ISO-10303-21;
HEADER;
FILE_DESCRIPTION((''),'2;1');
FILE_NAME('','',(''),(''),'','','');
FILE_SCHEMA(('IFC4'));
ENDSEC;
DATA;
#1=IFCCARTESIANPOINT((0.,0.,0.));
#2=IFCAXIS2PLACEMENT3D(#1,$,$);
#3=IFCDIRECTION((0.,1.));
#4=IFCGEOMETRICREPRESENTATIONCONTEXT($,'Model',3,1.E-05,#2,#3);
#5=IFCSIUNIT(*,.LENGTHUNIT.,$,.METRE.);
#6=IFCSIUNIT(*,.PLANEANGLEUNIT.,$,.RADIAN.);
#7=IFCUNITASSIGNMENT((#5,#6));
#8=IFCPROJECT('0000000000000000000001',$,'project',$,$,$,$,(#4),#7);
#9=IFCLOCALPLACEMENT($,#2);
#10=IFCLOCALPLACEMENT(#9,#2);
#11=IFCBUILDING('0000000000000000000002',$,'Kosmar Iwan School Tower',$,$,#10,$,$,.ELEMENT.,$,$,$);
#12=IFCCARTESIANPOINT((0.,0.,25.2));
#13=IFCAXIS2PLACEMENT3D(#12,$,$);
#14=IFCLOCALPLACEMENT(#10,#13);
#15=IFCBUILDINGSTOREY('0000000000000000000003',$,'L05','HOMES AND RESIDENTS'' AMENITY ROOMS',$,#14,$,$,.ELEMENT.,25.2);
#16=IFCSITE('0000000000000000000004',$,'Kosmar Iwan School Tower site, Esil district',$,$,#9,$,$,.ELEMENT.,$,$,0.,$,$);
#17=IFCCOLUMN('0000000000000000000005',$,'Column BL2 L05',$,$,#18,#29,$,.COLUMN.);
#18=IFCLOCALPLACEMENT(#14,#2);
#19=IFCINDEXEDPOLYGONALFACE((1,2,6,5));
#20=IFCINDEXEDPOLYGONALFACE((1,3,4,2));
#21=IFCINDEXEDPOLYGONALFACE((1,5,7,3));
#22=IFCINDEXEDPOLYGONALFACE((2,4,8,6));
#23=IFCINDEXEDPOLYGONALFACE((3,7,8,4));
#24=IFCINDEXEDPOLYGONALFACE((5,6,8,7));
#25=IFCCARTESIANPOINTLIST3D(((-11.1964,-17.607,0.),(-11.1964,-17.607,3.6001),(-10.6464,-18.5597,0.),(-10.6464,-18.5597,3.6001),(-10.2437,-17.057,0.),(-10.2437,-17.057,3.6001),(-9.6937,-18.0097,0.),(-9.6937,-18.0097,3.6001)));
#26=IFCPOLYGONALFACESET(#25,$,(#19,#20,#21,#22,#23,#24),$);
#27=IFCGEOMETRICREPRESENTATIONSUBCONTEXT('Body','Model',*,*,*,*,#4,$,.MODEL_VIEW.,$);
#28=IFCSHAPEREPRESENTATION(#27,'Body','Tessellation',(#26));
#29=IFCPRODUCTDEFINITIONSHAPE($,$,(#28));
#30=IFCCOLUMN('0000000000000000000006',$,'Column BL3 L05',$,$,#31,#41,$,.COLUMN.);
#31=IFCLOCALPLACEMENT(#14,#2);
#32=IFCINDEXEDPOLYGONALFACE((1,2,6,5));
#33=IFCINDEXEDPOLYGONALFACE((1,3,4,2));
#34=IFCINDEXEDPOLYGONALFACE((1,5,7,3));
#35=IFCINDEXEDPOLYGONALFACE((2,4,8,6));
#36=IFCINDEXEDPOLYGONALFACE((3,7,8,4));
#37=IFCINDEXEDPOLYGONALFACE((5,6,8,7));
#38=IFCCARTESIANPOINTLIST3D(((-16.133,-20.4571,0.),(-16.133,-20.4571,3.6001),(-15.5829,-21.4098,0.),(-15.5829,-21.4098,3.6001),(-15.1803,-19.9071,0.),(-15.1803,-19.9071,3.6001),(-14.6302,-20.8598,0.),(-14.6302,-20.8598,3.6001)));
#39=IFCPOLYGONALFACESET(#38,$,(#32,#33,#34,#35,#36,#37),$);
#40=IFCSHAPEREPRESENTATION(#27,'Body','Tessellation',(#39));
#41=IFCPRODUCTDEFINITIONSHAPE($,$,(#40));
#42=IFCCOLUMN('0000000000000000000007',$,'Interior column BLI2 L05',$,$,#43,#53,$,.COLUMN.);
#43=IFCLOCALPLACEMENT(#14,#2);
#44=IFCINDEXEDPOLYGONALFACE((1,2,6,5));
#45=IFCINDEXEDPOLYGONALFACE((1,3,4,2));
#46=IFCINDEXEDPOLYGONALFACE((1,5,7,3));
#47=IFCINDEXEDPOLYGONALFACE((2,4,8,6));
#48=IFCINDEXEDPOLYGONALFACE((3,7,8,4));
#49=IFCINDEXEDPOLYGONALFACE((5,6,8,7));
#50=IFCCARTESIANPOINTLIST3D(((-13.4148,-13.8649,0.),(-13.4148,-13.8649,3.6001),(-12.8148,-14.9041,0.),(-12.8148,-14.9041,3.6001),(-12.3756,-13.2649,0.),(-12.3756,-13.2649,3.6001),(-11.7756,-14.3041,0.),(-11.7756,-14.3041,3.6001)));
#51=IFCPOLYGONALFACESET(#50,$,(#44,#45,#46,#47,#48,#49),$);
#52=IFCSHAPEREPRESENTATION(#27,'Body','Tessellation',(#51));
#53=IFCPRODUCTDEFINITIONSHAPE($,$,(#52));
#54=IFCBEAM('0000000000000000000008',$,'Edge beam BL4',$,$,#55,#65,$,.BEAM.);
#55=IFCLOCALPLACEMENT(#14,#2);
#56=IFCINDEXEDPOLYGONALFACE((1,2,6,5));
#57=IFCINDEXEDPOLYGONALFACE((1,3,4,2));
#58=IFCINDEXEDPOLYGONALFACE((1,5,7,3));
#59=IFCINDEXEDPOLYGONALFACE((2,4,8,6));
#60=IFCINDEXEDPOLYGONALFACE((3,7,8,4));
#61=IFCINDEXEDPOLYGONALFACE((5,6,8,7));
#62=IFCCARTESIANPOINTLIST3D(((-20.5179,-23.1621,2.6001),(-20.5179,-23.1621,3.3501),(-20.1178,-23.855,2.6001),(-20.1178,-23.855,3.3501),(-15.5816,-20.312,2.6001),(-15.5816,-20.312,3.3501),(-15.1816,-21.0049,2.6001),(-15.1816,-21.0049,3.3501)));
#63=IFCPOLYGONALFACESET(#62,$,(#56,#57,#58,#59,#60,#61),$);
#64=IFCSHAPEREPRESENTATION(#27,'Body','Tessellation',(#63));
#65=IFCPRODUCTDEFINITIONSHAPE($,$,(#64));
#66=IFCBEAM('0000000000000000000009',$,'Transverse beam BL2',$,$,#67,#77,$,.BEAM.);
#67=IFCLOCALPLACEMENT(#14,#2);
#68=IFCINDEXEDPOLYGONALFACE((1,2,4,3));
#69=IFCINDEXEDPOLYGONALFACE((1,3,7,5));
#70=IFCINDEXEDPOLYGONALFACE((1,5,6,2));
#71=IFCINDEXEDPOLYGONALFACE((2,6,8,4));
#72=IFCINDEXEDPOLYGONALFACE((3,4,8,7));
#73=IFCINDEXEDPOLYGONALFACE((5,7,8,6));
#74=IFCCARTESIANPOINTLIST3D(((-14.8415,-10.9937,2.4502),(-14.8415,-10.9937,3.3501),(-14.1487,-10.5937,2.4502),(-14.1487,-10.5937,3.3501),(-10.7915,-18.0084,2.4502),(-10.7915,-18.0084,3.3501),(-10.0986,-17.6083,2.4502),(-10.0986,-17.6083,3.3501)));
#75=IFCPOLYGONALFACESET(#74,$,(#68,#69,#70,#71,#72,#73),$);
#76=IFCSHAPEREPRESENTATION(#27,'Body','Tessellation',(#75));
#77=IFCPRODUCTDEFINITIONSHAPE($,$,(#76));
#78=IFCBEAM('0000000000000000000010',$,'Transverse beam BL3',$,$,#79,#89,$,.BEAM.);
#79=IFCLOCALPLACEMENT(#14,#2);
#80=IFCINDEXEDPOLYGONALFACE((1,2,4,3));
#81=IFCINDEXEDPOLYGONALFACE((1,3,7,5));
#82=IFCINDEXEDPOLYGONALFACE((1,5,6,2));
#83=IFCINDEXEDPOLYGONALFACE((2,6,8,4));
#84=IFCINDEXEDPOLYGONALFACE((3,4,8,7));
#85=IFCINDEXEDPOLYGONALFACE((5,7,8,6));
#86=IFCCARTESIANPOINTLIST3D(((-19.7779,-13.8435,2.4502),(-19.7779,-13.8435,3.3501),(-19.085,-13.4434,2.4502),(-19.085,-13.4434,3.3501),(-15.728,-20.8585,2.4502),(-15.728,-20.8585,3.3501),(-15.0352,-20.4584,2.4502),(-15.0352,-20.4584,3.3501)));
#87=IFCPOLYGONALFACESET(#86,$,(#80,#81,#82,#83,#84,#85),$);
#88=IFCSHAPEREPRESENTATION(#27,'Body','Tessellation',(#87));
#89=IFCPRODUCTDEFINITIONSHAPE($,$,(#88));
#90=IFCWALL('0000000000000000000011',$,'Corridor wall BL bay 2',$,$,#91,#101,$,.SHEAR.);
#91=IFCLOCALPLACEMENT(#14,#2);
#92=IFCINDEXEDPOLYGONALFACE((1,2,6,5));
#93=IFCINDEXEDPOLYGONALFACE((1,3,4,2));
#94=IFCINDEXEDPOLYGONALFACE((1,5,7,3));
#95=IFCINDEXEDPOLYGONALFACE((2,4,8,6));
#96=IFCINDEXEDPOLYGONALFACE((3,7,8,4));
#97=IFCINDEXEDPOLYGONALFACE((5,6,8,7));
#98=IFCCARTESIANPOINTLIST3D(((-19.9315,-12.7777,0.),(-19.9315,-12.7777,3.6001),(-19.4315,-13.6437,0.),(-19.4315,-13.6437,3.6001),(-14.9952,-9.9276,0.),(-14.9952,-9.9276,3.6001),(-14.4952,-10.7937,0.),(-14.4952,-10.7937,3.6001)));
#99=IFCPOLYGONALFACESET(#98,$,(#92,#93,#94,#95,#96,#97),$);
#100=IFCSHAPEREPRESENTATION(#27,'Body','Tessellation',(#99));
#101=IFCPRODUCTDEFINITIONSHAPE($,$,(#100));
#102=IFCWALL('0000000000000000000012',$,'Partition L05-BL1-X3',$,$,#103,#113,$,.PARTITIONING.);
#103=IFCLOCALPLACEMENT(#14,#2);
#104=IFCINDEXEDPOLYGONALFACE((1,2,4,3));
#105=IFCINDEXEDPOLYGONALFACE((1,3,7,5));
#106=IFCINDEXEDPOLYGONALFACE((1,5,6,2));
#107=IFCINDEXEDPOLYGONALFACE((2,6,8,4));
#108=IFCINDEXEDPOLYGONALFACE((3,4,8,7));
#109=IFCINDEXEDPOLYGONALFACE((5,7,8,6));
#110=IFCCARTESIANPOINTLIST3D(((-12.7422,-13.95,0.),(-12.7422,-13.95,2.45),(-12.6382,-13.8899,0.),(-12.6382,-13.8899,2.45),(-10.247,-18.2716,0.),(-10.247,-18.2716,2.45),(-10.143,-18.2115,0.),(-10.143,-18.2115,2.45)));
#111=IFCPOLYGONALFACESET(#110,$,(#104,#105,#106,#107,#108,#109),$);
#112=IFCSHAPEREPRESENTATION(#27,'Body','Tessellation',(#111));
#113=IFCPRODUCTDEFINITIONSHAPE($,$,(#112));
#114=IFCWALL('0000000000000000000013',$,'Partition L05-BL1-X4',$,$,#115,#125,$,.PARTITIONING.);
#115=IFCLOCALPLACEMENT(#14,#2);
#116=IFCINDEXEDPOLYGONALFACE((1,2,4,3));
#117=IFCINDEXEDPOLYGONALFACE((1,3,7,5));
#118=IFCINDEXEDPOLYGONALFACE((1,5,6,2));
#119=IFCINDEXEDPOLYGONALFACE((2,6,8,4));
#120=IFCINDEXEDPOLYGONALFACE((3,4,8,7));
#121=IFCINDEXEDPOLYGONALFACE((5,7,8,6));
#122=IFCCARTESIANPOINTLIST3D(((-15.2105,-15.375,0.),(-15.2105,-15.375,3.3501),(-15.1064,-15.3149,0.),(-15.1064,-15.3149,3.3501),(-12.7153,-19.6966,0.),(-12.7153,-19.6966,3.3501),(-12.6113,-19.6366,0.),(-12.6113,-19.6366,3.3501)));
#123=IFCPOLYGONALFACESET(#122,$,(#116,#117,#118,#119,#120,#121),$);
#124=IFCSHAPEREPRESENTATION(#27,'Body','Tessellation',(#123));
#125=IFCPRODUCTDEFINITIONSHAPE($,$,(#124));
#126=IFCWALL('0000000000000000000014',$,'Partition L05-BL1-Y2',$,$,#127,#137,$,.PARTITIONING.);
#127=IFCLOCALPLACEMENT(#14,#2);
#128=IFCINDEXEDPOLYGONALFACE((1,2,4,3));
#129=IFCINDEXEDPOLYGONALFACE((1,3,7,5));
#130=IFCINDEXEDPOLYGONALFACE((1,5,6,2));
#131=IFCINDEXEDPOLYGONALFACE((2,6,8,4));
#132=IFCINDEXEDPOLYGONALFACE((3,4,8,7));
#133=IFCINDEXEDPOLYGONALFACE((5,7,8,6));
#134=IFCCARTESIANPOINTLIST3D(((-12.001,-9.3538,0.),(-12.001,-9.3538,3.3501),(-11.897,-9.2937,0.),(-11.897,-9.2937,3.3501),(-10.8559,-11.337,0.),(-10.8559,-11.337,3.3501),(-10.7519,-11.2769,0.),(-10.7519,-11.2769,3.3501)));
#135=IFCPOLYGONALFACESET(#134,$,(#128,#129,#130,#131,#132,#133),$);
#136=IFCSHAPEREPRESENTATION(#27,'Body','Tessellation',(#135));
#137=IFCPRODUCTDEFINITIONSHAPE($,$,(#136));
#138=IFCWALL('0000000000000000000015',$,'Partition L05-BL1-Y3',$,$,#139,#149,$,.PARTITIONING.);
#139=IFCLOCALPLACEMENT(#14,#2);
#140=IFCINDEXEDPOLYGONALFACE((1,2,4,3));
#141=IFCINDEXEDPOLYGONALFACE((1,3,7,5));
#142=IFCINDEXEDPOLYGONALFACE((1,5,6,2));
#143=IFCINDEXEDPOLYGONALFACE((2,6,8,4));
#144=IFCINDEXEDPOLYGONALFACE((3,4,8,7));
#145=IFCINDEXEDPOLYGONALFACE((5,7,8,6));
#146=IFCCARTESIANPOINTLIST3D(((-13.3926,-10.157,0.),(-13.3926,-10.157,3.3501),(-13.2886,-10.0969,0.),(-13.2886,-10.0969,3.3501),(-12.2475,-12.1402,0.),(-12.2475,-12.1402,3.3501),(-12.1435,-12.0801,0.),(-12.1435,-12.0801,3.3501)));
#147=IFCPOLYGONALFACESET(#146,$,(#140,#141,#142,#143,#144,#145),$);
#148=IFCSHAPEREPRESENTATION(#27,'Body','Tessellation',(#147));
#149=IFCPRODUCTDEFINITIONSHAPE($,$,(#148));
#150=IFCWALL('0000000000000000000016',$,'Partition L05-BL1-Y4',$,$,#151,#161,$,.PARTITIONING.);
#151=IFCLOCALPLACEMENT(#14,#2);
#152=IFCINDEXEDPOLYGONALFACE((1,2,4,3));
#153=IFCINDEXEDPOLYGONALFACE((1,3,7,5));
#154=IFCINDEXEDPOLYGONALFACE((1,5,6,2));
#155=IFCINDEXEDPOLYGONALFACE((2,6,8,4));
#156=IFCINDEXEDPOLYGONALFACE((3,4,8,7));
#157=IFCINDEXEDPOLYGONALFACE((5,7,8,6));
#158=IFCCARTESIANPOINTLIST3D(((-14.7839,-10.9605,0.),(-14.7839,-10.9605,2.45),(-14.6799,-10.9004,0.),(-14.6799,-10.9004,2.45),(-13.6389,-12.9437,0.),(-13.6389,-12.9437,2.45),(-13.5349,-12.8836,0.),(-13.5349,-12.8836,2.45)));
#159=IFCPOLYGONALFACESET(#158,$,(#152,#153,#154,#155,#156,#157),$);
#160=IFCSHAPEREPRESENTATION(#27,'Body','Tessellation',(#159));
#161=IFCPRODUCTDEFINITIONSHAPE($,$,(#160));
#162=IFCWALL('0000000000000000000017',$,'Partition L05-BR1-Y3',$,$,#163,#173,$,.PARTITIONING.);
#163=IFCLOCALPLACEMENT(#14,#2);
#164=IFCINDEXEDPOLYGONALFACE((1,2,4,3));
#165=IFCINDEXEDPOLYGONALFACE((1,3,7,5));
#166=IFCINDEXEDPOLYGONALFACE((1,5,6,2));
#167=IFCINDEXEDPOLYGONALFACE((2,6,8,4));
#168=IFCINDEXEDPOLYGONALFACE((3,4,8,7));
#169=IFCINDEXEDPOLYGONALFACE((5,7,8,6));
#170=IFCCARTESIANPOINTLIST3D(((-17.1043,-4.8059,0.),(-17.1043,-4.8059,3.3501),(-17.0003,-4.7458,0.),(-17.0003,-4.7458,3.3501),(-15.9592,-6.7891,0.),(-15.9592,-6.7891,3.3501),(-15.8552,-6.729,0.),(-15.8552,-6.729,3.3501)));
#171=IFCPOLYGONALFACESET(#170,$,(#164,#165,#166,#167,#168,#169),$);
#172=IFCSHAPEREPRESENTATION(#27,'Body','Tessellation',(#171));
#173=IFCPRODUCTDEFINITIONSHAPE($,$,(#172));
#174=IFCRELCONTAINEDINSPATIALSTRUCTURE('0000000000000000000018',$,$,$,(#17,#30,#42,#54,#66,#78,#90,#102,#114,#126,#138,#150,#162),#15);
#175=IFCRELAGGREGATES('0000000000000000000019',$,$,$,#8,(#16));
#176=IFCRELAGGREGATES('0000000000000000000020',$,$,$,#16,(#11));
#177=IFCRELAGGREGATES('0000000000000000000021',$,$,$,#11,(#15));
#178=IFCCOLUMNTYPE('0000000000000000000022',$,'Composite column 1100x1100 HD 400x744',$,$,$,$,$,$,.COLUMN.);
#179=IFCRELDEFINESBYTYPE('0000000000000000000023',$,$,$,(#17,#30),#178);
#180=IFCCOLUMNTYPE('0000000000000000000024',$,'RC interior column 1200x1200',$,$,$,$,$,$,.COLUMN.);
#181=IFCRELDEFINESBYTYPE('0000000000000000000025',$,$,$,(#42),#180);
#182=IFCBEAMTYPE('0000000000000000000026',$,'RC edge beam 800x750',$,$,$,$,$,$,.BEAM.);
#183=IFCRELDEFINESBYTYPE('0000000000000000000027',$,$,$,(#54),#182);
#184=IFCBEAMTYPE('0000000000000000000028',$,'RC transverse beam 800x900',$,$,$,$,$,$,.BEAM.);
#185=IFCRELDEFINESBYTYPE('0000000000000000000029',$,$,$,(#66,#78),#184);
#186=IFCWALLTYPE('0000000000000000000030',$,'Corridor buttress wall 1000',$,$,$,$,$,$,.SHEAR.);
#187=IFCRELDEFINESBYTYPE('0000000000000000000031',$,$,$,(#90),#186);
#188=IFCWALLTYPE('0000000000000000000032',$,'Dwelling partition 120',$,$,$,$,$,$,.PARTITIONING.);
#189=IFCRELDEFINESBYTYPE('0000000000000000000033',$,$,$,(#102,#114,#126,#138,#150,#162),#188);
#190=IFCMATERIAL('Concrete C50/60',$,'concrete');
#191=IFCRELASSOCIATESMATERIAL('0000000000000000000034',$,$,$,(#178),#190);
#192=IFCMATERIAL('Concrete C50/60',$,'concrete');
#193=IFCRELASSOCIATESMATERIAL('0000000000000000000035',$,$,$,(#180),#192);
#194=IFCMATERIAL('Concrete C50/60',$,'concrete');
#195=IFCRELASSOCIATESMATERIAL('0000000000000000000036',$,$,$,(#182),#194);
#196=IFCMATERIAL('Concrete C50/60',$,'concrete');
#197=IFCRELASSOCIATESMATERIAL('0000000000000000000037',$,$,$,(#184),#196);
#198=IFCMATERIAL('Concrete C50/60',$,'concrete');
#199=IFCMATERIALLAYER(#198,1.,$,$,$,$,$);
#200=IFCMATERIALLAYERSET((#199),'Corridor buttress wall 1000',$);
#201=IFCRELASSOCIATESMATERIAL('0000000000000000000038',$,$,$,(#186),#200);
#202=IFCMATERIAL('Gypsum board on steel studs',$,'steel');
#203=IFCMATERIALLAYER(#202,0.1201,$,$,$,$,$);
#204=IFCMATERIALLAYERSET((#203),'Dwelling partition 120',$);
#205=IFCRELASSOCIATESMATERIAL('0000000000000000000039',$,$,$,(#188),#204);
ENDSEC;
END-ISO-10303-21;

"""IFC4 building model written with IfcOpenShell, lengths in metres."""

from ifc_helpers import new_model, si_unit, direction, frame, frame_2d, origin, origin_2d, place, context, subcontext, project, spatial, rectangle, extrude, material, layer, layer_set, material_profile, profile_set, type_object, element, save


model = new_model("IFC4")

# Units and contexts
model_context = context("Model", 3, precision=1e-05, world=origin(), true_north=direction((0.0, 1.0)))
body_context = subcontext(model_context, "Body", "Model", "MODEL_VIEW")
ifc_project = project(units=[si_unit("LENGTHUNIT", "METRE"), si_unit("PLANEANGLEUNIT", "RADIAN")], contexts=[model_context])

# Site, building, storey
site_placement = place(None, origin())
site = spatial("IfcSite", under=ifc_project, at=site_placement, Name="Kosmar Iwan School Tower site, Esil district", CompositionType="ELEMENT", RefElevation=0.0)
building_placement = place(site_placement, origin())
building = spatial("IfcBuilding", under=site, at=building_placement, Name="Kosmar Iwan School Tower", CompositionType="ELEMENT")
storey_placement = place(building_placement, frame((0.0, 0.0, 25.2)))
storey = spatial("IfcBuildingStorey", under=building, at=storey_placement, Name="L05", Description="HOMES AND RESIDENTS' AMENITY ROOMS", CompositionType="ELEMENT", Elevation=25.2)

# Columns
ifc_material_1 = material(Name="Concrete C50/60", Category="concrete")
ifc_material_profile_1 = material_profile(ifc_material_1, rectangle(XDim=1.1001, YDim=1.1001, at=origin_2d()), Name="RC 1100x1100 + HD 400x744")
ifc_profile_set_1 = profile_set([ifc_material_profile_1], Name="Concrete C50/60")
column_type_1 = type_object("IfcColumnType", Name="Composite column 1100x1100 HD 400x744", PredefinedType="COLUMN", material=ifc_profile_set_1)
for number, where, z_axis, x_axis, name in (
    (1, (-10.4451, -17.8083, 0.0), (0.0, 0.0, 1.0), (-0.866025, -0.5, 0.0), "Column BL2 L05"),
    (2, (-15.3816, -20.6584, 0.0), (0.0, 0.0, 1.0), (-0.866025, -0.5, 0.0), "Column BL3 L05"),
):
    element("IfcColumn", number, at=place(storey_placement, frame(where, z_axis=z_axis, x_axis=x_axis)), inside=storey, type_object=column_type_1, Name=name, PredefinedType="COLUMN", context=body_context, shape_type="SweptSolid", body=[
        extrude(rectangle(XDim=1.1001, YDim=1.1001, at=origin_2d()), origin(), (0.0, 0.0, 1.0), 3.6001),
    ])
ifc_material_2 = material(Name="Concrete C50/60", Category="concrete")
ifc_material_profile_2 = material_profile(ifc_material_2, rectangle(XDim=1.2, YDim=1.2, at=origin_2d()), Name="RC 1200x1200")
ifc_profile_set_2 = profile_set([ifc_material_profile_2], Name="Concrete C50/60")
column_type_2 = type_object("IfcColumnType", Name="RC interior column 1200x1200", PredefinedType="COLUMN", material=ifc_profile_set_2)
column_placement = place(storey_placement, frame((-12.5952, -14.0845, 0.0), z_axis=(0.0, 0.0, 1.0), x_axis=(-0.866025, -0.5, 0.0)))
element("IfcColumn", 3, at=column_placement, inside=storey, type_object=column_type_2, Name="Interior column BLI2 L05", PredefinedType="COLUMN", context=body_context, shape_type="SweptSolid", body=[
    extrude(rectangle(XDim=1.2, YDim=1.2, at=origin_2d()), origin(), (0.0, 0.0, 1.0), 3.6001),
])

# Beams
ifc_material_3 = material(Name="Concrete C50/60", Category="concrete")
ifc_material_profile_3 = material_profile(ifc_material_3, rectangle(XDim=0.8, YDim=0.75, at=origin_2d()), Name="RC 800x750")
ifc_profile_set_3 = profile_set([ifc_material_profile_3], Name="Concrete C50/60")
beam_type_1 = type_object("IfcBeamType", Name="RC edge beam 800x750", PredefinedType="BEAM", material=ifc_profile_set_3)
beam_1_placement = place(storey_placement, frame((-15.3816, -20.6584, 2.9751), z_axis=(-0.866015, -0.500018, 0.0), x_axis=(0.500018, -0.866015, 0.0)))
element("IfcBeam", 4, at=beam_1_placement, inside=storey, type_object=beam_type_1, Name="Edge beam BL4", PredefinedType="BEAM", context=body_context, shape_type="SweptSolid", body=[
    extrude(rectangle(XDim=0.8, YDim=0.75, at=origin_2d()), origin(), (0.0, 0.0, 1.0), 5.7),
])
ifc_material_4 = material(Name="Concrete C50/60", Category="concrete")
ifc_material_profile_4 = material_profile(ifc_material_4, rectangle(XDim=0.8, YDim=0.8999, at=origin_2d()), Name="RC 800x900")
ifc_profile_set_4 = profile_set([ifc_material_profile_4], Name="Concrete C50/60")
beam_type_2 = type_object("IfcBeamType", Name="RC transverse beam 800x900", PredefinedType="BEAM", material=ifc_profile_set_4)
beam_2_placement = place(storey_placement, frame((-10.4451, -17.8083, 2.9001), z_axis=(-0.500013, 0.866018, 0.0), x_axis=(-0.866018, -0.500013, 0.0)))
element("IfcBeam", 5, at=beam_2_placement, inside=storey, type_object=beam_type_2, Name="Transverse beam BL2", PredefinedType="BEAM", context=body_context, shape_type="SweptSolid", body=[
    extrude(rectangle(XDim=0.8, YDim=0.8999, at=origin_2d()), origin(), (0.0, 0.0, 1.0), 8.0999),
])
beam_3_placement = place(storey_placement, frame((-15.3816, -20.6584, 2.9001), z_axis=(-0.499977, 0.866039, 0.0), x_axis=(-0.866039, -0.499977, 0.0)))
element("IfcBeam", 6, at=beam_3_placement, inside=storey, type_object=beam_type_2, Name="Transverse beam BL3", PredefinedType="BEAM", context=body_context, shape_type="SweptSolid", body=[
    extrude(rectangle(XDim=0.8, YDim=0.8999, at=origin_2d()), origin(), (0.0, 0.0, 1.0), 8.1001),
])

# Walls
ifc_material_5 = material(Name="Concrete C50/60", Category="concrete")
ifc_layer_1 = layer(ifc_material_5, 1.0)
ifc_layer_set_1 = layer_set([ifc_layer_1], Name="Corridor buttress wall 1000")
wall_type_1 = type_object("IfcWallType", Name="Corridor buttress wall 1000", PredefinedType="SHEAR", material=ifc_layer_set_1)
wall_1_placement = place(storey_placement, frame((-14.7451, -10.3606, 0.0), z_axis=(0.0, 0.0, 1.0), x_axis=(-0.866015, -0.500018, 0.0)))
element("IfcWall", 7, at=wall_1_placement, inside=storey, type_object=wall_type_1, Name="Corridor wall BL bay 2", PredefinedType="SHEAR", context=body_context, shape_type="SweptSolid", body=[
    extrude(rectangle(XDim=5.7, YDim=1.0, at=frame_2d((2.8501, 0.0))), origin(), (0.0, 0.0, 1.0), 3.6001),
])
ifc_material_6 = material(Name="Gypsum board on steel studs", Category="steel")
ifc_layer_2 = layer(ifc_material_6, 0.1201)
ifc_layer_set_2 = layer_set([ifc_layer_2], Name="Dwelling partition 120")
wall_type_2 = type_object("IfcWallType", Name="Dwelling partition 120", PredefinedType="PARTITIONING", material=ifc_layer_set_2)
wall_2_placement = place(storey_placement, frame((-12.6902, -13.9199, 0.0), z_axis=(0.0, 0.0, 1.0), x_axis=(0.500012, -0.866019, 0.0)))
element("IfcWall", 8, at=wall_2_placement, inside=storey, type_object=wall_type_2, Name="Partition L05-BL1-X3", PredefinedType="PARTITIONING", context=body_context, shape_type="SweptSolid", body=[
    extrude(rectangle(XDim=4.9902, YDim=0.1201, at=frame_2d((2.4951, 0.0))), origin(), (0.0, 0.0, 1.0), 2.45),
])
wall_3_placement = place(storey_placement, frame((-15.1584, -15.345, 0.0), z_axis=(0.0, 0.0, 1.0), x_axis=(0.500012, -0.866019, 0.0)))
element("IfcWall", 9, at=wall_3_placement, inside=storey, type_object=wall_type_2, Name="Partition L05-BL1-X4", PredefinedType="PARTITIONING", context=body_context, shape_type="SweptSolid", body=[
    extrude(rectangle(XDim=4.9902, YDim=0.1201, at=frame_2d((2.4951, 0.0))), origin(), (0.0, 0.0, 1.0), 3.3501),
])
for number, where, z_axis, x_axis, name in (
    (10, (-11.949, -9.3237, 0.0), (0.0, 0.0, 1.0), (0.500015, -0.866017, 0.0), "Partition L05-BL1-Y2"),
    (11, (-13.3406, -10.127, 0.0), (0.0, 0.0, 1.0), (0.500015, -0.866017, 0.0), "Partition L05-BL1-Y3"),
):
    element("IfcWall", number, at=place(storey_placement, frame(where, z_axis=z_axis, x_axis=x_axis)), inside=storey, type_object=wall_type_2, Name=name, PredefinedType="PARTITIONING", context=body_context, shape_type="SweptSolid", body=[
        extrude(rectangle(XDim=2.29, YDim=0.1201, at=frame_2d((1.145, 0.0))), origin(), (0.0, 0.0, 1.0), 3.3501),
    ])
wall_4_placement = place(storey_placement, frame((-14.7319, -10.9304, 0.0), z_axis=(0.0, 0.0, 1.0), x_axis=(0.500015, -0.866017, 0.0)))
element("IfcWall", 12, at=wall_4_placement, inside=storey, type_object=wall_type_2, Name="Partition L05-BL1-Y4", PredefinedType="PARTITIONING", context=body_context, shape_type="SweptSolid", body=[
    extrude(rectangle(XDim=2.29, YDim=0.1201, at=frame_2d((1.145, 0.0))), origin(), (0.0, 0.0, 1.0), 2.45),
])
wall_5_placement = place(storey_placement, frame((-15.9072, -6.759, 0.0), z_axis=(0.0, 0.0, 1.0), x_axis=(-0.500015, 0.866017, 0.0)))
element("IfcWall", 13, at=wall_5_placement, inside=storey, type_object=wall_type_2, Name="Partition L05-BR1-Y3", PredefinedType="PARTITIONING", context=body_context, shape_type="SweptSolid", body=[
    extrude(rectangle(XDim=2.29, YDim=0.1201, at=frame_2d((1.145, 0.0))), origin(), (0.0, 0.0, 1.0), 3.3501),
])

save(model, "model.ifc")
